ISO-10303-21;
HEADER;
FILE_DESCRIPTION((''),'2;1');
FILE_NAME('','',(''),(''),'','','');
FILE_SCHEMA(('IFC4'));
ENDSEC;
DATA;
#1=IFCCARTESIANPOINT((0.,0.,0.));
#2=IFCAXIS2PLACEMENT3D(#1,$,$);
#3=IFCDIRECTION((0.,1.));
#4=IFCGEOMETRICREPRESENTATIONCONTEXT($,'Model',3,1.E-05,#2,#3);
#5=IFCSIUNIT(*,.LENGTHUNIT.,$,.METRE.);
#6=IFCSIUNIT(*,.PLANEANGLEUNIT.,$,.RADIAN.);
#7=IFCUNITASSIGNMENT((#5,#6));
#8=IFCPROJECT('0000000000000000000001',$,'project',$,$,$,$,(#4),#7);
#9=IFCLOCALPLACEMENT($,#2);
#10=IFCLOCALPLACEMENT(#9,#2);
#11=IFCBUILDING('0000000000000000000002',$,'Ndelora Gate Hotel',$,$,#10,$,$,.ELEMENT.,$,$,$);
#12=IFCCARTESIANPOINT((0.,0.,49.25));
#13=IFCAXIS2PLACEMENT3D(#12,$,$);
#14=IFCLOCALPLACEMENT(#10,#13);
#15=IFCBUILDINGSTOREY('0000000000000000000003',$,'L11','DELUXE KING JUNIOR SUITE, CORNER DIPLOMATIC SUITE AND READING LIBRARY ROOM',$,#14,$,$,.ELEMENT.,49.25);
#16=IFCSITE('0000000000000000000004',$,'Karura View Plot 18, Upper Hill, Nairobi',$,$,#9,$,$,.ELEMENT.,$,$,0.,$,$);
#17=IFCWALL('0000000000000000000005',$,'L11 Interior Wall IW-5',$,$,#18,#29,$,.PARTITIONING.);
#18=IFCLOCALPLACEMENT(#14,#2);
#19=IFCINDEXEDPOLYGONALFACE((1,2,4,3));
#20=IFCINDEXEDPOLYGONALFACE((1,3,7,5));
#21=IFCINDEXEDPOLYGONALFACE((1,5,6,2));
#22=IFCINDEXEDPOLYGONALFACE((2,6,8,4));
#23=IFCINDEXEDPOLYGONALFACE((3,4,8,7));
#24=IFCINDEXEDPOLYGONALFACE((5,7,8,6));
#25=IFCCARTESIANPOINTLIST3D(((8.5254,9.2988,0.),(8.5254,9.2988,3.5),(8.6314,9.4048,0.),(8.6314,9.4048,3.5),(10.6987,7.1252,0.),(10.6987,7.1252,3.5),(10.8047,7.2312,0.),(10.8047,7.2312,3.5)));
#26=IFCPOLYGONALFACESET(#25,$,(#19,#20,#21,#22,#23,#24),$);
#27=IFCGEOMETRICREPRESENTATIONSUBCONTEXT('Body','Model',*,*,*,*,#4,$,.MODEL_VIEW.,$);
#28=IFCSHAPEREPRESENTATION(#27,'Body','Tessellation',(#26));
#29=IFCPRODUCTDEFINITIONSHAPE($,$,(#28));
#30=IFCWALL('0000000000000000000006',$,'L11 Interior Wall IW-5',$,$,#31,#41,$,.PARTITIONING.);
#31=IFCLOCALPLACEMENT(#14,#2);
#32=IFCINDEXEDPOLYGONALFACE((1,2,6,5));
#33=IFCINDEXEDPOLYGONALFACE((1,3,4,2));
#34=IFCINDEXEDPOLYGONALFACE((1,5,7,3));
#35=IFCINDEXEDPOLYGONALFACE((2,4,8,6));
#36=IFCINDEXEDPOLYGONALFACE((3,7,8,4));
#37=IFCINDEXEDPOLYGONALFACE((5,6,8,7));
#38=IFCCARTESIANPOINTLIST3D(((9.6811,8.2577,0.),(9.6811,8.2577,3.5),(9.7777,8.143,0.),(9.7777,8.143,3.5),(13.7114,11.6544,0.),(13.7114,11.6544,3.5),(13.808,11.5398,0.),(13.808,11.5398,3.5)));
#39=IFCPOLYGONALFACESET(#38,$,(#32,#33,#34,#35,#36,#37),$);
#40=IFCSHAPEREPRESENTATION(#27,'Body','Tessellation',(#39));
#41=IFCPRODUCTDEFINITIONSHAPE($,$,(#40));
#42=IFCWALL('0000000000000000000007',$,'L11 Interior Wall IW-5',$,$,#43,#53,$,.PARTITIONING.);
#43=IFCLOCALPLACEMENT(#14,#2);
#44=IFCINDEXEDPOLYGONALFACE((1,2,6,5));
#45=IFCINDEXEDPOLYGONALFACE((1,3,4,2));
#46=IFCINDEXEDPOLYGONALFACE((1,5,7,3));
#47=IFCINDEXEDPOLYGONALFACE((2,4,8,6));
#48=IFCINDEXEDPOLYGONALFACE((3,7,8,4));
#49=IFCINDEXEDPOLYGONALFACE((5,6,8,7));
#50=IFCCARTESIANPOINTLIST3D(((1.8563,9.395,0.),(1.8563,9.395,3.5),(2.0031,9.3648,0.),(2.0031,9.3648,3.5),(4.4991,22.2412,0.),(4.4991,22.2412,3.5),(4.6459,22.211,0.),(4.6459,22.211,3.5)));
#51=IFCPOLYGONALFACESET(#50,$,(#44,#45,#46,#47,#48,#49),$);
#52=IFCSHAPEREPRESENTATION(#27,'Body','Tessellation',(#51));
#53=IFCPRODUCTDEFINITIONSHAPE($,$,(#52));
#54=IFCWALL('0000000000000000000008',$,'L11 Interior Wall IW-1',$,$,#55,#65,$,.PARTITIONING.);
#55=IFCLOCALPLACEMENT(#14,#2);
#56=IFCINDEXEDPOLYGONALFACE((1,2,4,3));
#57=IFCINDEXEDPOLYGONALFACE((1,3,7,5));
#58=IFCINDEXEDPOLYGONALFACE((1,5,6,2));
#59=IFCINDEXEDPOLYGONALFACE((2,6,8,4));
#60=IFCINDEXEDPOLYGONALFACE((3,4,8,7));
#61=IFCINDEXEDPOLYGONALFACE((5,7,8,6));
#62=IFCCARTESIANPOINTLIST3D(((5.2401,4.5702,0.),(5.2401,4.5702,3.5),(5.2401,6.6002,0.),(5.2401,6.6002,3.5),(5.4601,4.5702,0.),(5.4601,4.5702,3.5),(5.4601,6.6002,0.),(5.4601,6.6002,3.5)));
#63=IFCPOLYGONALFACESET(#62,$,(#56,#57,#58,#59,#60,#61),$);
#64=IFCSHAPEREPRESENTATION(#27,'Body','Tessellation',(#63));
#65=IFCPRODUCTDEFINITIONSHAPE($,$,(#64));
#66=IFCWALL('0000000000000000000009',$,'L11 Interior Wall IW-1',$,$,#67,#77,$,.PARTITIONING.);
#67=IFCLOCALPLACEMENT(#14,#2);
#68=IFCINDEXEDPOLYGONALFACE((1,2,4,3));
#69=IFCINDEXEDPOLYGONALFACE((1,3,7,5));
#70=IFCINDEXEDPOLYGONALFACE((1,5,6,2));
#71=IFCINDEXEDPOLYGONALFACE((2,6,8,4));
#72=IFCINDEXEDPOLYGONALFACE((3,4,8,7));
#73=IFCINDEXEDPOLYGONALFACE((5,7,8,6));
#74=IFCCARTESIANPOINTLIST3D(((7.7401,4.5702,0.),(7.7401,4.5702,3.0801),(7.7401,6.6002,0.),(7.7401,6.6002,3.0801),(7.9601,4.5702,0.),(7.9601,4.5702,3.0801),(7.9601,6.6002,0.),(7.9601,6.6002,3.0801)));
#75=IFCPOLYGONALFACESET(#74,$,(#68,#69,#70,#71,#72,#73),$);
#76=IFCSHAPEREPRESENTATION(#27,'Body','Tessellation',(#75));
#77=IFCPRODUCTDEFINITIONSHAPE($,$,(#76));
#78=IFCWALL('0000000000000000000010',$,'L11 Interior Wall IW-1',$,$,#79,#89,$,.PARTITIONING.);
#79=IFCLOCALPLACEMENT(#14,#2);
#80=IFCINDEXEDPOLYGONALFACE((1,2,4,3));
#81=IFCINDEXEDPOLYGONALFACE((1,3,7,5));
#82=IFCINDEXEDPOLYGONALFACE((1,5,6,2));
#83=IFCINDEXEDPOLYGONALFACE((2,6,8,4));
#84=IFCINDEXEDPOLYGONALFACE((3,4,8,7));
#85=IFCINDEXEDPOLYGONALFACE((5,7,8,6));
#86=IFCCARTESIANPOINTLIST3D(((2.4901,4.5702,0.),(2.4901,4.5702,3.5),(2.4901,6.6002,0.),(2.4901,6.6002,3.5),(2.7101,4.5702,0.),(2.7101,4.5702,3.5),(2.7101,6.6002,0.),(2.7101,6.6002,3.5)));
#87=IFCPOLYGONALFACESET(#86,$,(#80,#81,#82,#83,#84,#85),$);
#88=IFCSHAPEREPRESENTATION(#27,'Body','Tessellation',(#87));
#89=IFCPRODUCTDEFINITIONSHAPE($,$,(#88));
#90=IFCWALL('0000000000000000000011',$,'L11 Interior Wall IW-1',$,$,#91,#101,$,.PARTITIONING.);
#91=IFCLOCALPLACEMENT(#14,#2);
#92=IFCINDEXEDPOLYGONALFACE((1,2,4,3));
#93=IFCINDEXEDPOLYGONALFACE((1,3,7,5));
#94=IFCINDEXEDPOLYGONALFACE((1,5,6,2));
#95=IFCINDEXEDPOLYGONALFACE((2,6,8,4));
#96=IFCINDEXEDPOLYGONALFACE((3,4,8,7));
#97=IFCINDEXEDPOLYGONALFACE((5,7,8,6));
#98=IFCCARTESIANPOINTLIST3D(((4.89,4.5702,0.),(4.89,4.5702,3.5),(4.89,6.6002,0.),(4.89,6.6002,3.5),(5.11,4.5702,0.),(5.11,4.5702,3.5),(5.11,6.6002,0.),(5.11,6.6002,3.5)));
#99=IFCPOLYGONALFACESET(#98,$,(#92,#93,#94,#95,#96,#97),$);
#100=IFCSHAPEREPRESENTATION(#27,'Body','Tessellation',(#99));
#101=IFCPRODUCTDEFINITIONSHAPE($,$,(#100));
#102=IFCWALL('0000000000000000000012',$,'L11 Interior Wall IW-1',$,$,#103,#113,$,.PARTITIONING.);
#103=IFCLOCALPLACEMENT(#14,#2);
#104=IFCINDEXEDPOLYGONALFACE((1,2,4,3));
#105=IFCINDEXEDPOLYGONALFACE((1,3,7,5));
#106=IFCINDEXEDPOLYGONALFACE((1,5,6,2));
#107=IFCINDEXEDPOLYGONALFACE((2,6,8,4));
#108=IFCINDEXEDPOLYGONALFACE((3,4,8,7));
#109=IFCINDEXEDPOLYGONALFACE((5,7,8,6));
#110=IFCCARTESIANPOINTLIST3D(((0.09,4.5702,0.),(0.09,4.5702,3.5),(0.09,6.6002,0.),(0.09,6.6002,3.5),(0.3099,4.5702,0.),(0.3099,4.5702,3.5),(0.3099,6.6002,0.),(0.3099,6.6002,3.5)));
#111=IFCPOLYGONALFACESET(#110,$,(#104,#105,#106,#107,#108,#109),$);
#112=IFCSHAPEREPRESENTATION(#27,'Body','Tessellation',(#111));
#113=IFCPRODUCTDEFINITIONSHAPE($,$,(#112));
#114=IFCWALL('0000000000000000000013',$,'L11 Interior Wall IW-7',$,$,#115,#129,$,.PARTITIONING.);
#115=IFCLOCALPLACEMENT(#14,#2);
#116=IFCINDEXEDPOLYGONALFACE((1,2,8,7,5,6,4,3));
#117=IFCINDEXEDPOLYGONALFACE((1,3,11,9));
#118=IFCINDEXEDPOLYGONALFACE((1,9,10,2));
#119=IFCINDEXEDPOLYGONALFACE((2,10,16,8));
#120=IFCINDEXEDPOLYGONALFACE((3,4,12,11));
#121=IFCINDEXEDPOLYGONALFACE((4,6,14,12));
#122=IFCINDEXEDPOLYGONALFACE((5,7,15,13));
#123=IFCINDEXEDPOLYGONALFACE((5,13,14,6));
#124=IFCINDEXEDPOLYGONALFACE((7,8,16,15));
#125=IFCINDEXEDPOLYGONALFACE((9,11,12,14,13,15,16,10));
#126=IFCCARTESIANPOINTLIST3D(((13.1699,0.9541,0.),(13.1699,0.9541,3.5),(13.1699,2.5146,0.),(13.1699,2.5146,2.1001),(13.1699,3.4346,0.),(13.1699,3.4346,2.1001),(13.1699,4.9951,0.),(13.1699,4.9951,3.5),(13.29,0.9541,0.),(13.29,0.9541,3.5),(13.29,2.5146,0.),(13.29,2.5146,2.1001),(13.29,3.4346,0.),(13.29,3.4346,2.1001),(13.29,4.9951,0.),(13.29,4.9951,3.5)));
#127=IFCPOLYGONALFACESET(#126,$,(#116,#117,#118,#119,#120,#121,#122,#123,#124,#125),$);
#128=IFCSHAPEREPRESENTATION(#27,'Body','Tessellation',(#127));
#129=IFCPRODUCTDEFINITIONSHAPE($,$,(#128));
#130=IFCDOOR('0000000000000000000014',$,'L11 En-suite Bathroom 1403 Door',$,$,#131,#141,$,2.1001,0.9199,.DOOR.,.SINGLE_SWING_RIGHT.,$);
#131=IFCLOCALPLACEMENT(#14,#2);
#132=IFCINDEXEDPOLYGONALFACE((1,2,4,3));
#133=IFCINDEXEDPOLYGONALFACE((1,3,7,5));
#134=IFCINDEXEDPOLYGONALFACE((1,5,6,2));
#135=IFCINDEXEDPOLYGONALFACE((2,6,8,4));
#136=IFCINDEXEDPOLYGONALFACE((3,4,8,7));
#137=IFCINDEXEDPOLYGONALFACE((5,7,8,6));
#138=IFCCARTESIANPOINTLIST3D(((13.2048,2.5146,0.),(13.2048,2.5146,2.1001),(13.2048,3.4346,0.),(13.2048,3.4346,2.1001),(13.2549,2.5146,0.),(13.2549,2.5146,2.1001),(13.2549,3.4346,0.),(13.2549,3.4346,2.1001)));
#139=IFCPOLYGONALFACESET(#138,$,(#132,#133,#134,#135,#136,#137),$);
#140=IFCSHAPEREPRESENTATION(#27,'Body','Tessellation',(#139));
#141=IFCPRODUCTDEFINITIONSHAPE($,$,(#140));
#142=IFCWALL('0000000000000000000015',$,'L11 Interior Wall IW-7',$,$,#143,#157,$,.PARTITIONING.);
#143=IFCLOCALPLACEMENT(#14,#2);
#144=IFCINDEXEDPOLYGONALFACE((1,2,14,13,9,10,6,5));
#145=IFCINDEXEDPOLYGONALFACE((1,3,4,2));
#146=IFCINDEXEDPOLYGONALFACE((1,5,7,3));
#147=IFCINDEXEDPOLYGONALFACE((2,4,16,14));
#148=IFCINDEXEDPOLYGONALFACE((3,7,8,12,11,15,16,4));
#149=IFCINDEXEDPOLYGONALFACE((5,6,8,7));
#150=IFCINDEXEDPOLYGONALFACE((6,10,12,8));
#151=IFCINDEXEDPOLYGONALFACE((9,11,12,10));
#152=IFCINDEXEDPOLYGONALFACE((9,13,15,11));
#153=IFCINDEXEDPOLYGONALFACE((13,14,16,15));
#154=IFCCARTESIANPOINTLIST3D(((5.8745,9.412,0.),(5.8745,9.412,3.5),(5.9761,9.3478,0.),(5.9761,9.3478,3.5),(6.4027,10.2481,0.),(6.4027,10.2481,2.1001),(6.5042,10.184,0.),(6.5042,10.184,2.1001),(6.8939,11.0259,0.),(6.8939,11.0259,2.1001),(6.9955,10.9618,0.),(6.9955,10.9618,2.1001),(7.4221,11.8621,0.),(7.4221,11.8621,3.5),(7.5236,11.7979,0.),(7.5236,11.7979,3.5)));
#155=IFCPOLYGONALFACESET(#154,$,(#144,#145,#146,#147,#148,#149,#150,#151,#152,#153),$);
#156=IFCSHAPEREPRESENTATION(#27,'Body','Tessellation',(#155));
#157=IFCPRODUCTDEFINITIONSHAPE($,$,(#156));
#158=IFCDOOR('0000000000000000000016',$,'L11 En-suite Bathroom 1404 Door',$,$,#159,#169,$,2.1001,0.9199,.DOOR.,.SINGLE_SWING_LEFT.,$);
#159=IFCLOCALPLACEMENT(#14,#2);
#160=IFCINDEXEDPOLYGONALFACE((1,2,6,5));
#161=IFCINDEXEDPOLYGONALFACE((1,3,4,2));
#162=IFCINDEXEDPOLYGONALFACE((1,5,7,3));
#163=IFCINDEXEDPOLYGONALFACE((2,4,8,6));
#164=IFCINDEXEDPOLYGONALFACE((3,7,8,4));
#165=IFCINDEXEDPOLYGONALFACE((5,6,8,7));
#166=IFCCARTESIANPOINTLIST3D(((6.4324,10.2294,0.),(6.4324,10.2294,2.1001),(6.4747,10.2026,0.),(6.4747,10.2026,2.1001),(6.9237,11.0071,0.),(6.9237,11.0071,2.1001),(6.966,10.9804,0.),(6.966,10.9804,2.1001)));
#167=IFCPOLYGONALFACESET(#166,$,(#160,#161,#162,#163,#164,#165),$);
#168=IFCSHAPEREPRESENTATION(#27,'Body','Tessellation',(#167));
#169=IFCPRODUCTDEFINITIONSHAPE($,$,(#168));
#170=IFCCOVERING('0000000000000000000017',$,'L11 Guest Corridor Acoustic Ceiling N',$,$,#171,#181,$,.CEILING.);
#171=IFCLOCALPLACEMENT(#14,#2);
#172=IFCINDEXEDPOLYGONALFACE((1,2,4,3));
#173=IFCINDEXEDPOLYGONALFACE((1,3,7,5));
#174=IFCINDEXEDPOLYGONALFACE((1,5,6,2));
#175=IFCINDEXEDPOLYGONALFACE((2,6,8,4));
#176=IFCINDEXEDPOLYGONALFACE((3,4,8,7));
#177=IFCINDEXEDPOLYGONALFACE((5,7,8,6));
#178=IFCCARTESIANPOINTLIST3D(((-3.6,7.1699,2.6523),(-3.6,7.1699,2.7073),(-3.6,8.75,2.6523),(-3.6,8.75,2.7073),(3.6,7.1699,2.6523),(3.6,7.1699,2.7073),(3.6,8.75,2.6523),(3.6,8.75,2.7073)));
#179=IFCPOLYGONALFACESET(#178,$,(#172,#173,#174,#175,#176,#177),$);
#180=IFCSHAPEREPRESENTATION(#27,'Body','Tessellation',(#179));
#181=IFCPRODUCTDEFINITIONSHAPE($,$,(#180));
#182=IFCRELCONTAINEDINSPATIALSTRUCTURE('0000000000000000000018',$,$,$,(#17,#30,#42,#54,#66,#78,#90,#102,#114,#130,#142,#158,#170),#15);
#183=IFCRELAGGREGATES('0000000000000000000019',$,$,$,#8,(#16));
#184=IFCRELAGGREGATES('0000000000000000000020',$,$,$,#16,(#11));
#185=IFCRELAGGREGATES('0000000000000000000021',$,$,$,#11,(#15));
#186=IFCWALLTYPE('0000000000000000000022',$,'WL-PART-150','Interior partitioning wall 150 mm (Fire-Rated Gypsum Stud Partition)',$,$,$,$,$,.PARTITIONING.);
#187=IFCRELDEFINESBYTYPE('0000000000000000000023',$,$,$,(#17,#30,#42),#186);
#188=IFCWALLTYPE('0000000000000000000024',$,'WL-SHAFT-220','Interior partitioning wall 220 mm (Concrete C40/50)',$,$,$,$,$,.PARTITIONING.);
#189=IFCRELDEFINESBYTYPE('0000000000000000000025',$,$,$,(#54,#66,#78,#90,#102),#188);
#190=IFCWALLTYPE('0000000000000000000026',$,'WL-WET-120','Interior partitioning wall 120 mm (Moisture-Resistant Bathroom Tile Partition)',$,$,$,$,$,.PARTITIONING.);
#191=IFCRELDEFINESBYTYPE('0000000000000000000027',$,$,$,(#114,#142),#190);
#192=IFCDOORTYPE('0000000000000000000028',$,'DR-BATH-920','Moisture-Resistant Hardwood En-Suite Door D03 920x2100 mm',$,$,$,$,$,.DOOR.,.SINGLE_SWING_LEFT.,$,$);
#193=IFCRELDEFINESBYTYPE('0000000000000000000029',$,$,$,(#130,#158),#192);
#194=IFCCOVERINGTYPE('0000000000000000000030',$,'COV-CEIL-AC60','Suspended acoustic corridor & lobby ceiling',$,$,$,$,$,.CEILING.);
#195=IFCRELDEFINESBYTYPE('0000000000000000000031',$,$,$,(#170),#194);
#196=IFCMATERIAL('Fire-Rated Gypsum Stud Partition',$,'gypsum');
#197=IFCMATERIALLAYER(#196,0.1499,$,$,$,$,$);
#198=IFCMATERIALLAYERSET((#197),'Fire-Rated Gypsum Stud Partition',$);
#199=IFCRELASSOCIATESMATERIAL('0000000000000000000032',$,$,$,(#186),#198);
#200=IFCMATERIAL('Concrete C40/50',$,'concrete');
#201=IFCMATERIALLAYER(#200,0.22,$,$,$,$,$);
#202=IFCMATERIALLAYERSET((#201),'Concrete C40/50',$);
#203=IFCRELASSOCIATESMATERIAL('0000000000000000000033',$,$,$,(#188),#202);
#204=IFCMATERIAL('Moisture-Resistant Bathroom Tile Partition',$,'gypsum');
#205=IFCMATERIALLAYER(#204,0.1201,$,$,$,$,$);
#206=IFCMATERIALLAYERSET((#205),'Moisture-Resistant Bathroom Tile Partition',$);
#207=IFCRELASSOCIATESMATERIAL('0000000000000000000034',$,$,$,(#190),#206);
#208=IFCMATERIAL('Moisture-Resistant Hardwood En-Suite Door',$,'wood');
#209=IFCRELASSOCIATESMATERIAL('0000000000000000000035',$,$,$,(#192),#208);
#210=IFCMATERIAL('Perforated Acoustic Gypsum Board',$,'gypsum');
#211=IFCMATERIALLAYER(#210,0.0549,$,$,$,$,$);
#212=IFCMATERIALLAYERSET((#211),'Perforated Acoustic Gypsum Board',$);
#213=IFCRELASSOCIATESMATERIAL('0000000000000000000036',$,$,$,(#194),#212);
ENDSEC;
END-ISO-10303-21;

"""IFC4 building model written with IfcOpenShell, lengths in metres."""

from ifc_helpers import new_model, si_unit, direction, frame, frame_2d, origin, origin_2d, place, context, subcontext, project, spatial, rectangle, extrude, material, layer, layer_set, type_object, element, fill, save


model = new_model("IFC4")

# Units and contexts
model_context = context("Model", 3, precision=1e-05, world=origin(), true_north=direction((0.0, 1.0)))
body_context = subcontext(model_context, "Body", "Model", "MODEL_VIEW")
ifc_project = project(units=[si_unit("LENGTHUNIT", "METRE"), si_unit("PLANEANGLEUNIT", "RADIAN")], contexts=[model_context])

# Site, building, storey
site_placement = place(None, origin())
site = spatial("IfcSite", under=ifc_project, at=site_placement, Name="Karura View Plot 18, Upper Hill, Nairobi", CompositionType="ELEMENT", RefElevation=0.0)
building_placement = place(site_placement, origin())
building = spatial("IfcBuilding", under=site, at=building_placement, Name="Ndelora Gate Hotel", CompositionType="ELEMENT")
storey_placement = place(building_placement, frame((0.0, 0.0, 49.25)))
storey = spatial("IfcBuildingStorey", under=building, at=storey_placement, Name="L11", Description="DELUXE KING JUNIOR SUITE, CORNER DIPLOMATIC SUITE AND READING LIBRARY ROOM", CompositionType="ELEMENT", Elevation=49.25)

# Shared definitions
ifc_material_1 = material(Name="Fire-Rated Gypsum Stud Partition", Category="gypsum")
ifc_layer_1 = layer(ifc_material_1, 0.1499)
ifc_layer_set_1 = layer_set([ifc_layer_1], Name="Fire-Rated Gypsum Stud Partition")
wall_type_1 = type_object("IfcWallType", Name="WL-PART-150", Description="Interior partitioning wall 150 mm (Fire-Rated Gypsum Stud Partition)", PredefinedType="PARTITIONING", material=ifc_layer_set_1)

# Walls
wall_1_placement = place(storey_placement, frame((8.5784, 9.3518, 0.0), z_axis=(0.0, 0.0, 1.0), x_axis=(0.707067, -0.707146, 0.0)))
element("IfcWall", 1, at=wall_1_placement, inside=storey, type_object=wall_type_1, Name="L11 Interior Wall IW-5", PredefinedType="PARTITIONING", context=body_context, shape_type="SweptSolid", body=[
    extrude(rectangle(XDim=3.0737, YDim=0.1499, at=frame_2d((1.5369, 0.0))), origin(), (0.0, 0.0, 1.0), 3.5),
])
wall_2_placement = place(storey_placement, frame((9.7295, 8.2004, 0.0), z_axis=(0.0, 0.0, 1.0), x_axis=(0.764648, 0.644448, 0.0)))
element("IfcWall", 2, at=wall_2_placement, inside=storey, type_object=wall_type_1, Name="L11 Interior Wall IW-5", PredefinedType="PARTITIONING", context=body_context, shape_type="SweptSolid", body=[
    extrude(rectangle(XDim=5.2708, YDim=0.1499, at=frame_2d((2.6353, 0.0))), origin(), (0.0, 0.0, 1.0), 3.5),
])
wall_3_placement = place(storey_placement, frame((1.9297, 9.3799, 0.0), z_axis=(0.0, 0.0, 1.0), x_axis=(0.201508, 0.979487, 0.0)))
element("IfcWall", 3, at=wall_3_placement, inside=storey, type_object=wall_type_1, Name="L11 Interior Wall IW-5", PredefinedType="PARTITIONING", context=body_context, shape_type="SweptSolid", body=[
    extrude(rectangle(XDim=13.1152, YDim=0.1499, at=frame_2d((6.5576, 0.0))), origin(), (0.0, 0.0, 1.0), 3.5),
])

# Shared definitions
ifc_material_2 = material(Name="Concrete C40/50", Category="concrete")
ifc_layer_2 = layer(ifc_material_2, 0.22)
ifc_layer_set_2 = layer_set([ifc_layer_2], Name="Concrete C40/50")
wall_type_2 = type_object("IfcWallType", Name="WL-SHAFT-220", Description="Interior partitioning wall 220 mm (Concrete C40/50)", PredefinedType="PARTITIONING", material=ifc_layer_set_2)

# Walls
wall_4_placement = place(storey_placement, frame((5.3501, 4.5701, 0.0), z_axis=(0.0, 0.0, 1.0), x_axis=(0.0, 1.0, 0.0)))
element("IfcWall", 4, at=wall_4_placement, inside=storey, type_object=wall_type_2, Name="L11 Interior Wall IW-1", PredefinedType="PARTITIONING", context=body_context, shape_type="SweptSolid", body=[
    extrude(rectangle(XDim=2.03, YDim=0.22, at=frame_2d((1.0151, 0.0))), origin(), (0.0, 0.0, 1.0), 3.5),
])
wall_5_placement = place(storey_placement, frame((7.8501, 4.5701, 0.0), z_axis=(0.0, 0.0, 1.0), x_axis=(0.0, 1.0, 0.0)))
element("IfcWall", 5, at=wall_5_placement, inside=storey, type_object=wall_type_2, Name="L11 Interior Wall IW-1", PredefinedType="PARTITIONING", context=body_context, shape_type="SweptSolid", body=[
    extrude(rectangle(XDim=2.03, YDim=0.22, at=frame_2d((1.0151, 0.0))), origin(), (0.0, 0.0, 1.0), 3.0801),
])
for number, where, z_axis, x_axis, name in (
    (6, (2.6001, 4.5701, 0.0), (0.0, 0.0, 1.0), (0.0, 1.0, 0.0), "L11 Interior Wall IW-1"),
    (7, (5.0, 4.5701, 0.0), (0.0, 0.0, 1.0), (0.0, 1.0, 0.0), "L11 Interior Wall IW-1"),
    (8, (0.2, 4.5701, 0.0), (0.0, 0.0, 1.0), (0.0, 1.0, 0.0), "L11 Interior Wall IW-1"),
):
    element("IfcWall", number, at=place(storey_placement, frame(where, z_axis=z_axis, x_axis=x_axis)), inside=storey, type_object=wall_type_2, Name=name, PredefinedType="PARTITIONING", context=body_context, shape_type="SweptSolid", body=[
        extrude(rectangle(XDim=2.03, YDim=0.22, at=frame_2d((1.0151, 0.0))), origin(), (0.0, 0.0, 1.0), 3.5),
    ])

# Walls, openings, doors
ifc_material_3 = material(Name="Moisture-Resistant Bathroom Tile Partition", Category="gypsum")
ifc_layer_3 = layer(ifc_material_3, 0.1201)
ifc_layer_set_3 = layer_set([ifc_layer_3], Name="Moisture-Resistant Bathroom Tile Partition")
wall_type_3 = type_object("IfcWallType", Name="WL-WET-120", Description="Interior partitioning wall 120 mm (Moisture-Resistant Bathroom Tile Partition)", PredefinedType="PARTITIONING", material=ifc_layer_set_3)
wall_6_placement = place(storey_placement, frame((13.23, 4.9951, 0.0), z_axis=(0.0, 0.0, 1.0), x_axis=(0.0, -1.0, 0.0)))
wall_6 = element("IfcWall", 9, at=wall_6_placement, inside=storey, type_object=wall_type_3, Name="L11 Interior Wall IW-7", PredefinedType="PARTITIONING", context=body_context, shape_type="SweptSolid", body=[
    extrude(rectangle(XDim=4.041, YDim=0.1201, at=frame_2d((2.0205, 0.0))), origin(), (0.0, 0.0, 1.0), 3.5),
])
opening_1_placement = place(wall_6_placement, frame((1.5605, 0.0, 0.0)))
opening_1 = element("IfcOpeningElement", 10, at=opening_1_placement, cuts=wall_6, PredefinedType="OPENING", context=body_context, shape_type="SweptSolid", body=[
    extrude(rectangle(XDim=0.9199, YDim=2.1001, at=frame_2d((0.46, 1.05))), frame((0.0, 0.0701, 0.0), z_axis=(0.0, -1.0, 0.0), x_axis=(1.0, 0.0, 0.0)), (0.0, 0.0, 1.0), 0.1401),
])
ifc_material_4 = material(Name="Moisture-Resistant Hardwood En-Suite Door", Category="wood")
door_type_1 = type_object("IfcDoorType", Name="DR-BATH-920", Description="Moisture-Resistant Hardwood En-Suite Door D03 920x2100 mm", OperationType="SINGLE_SWING_LEFT", PredefinedType="DOOR", material=ifc_material_4)
door_1_placement = place(opening_1_placement, origin())
door_1 = element("IfcDoor", 11, at=door_1_placement, inside=storey, type_object=door_type_1, Name="L11 En-suite Bathroom 1403 Door", OperationType="SINGLE_SWING_RIGHT", OverallHeight=2.1001, OverallWidth=0.9199, PredefinedType="DOOR", context=body_context, shape_type="SweptSolid", body=[
    extrude(rectangle(XDim=0.9199, YDim=2.1001, at=frame_2d((0.46, 1.05))), frame((0.0, 0.0249, 0.0), z_axis=(0.0, -1.0, 0.0), x_axis=(1.0, 0.0, 0.0)), (0.0, 0.0, 1.0), 0.05),
])
fill(opening_1, door_1)
wall_7_placement = place(storey_placement, frame((5.9253, 9.3799, 0.0), z_axis=(0.0, 0.0, 1.0), x_axis=(0.534022, 0.845471, 0.0)))
wall_7 = element("IfcWall", 12, at=wall_7_placement, inside=storey, type_object=wall_type_3, Name="L11 Interior Wall IW-7", PredefinedType="PARTITIONING", context=body_context, shape_type="SweptSolid", body=[
    extrude(rectangle(XDim=2.8979, YDim=0.1201, at=frame_2d((1.449, 0.0))), origin(), (0.0, 0.0, 1.0), 3.5),
])
opening_2_placement = place(wall_7_placement, frame((0.989, 0.0, 0.0)))
opening_2 = element("IfcOpeningElement", 13, at=opening_2_placement, cuts=wall_7, PredefinedType="OPENING", context=body_context, shape_type="SweptSolid", body=[
    extrude(rectangle(XDim=0.9199, YDim=2.1001, at=frame_2d((0.46, 1.05))), frame((0.0, 0.0701, 0.0), z_axis=(0.0, -1.0, 0.0), x_axis=(1.0, 0.0, 0.0)), (0.0, 0.0, 1.0), 0.1401),
])
door_2_placement = place(opening_2_placement, origin())
door_2 = element("IfcDoor", 14, at=door_2_placement, inside=storey, type_object=door_type_1, Name="L11 En-suite Bathroom 1404 Door", OperationType="SINGLE_SWING_LEFT", OverallHeight=2.1001, OverallWidth=0.9199, PredefinedType="DOOR", context=body_context, shape_type="SweptSolid", body=[
    extrude(rectangle(XDim=0.9199, YDim=2.1001, at=frame_2d((0.46, 1.05))), frame((0.0, 0.0249, 0.0), z_axis=(0.0, -1.0, 0.0), x_axis=(1.0, 0.0, 0.0)), (0.0, 0.0, 1.0), 0.05),
])
fill(opening_2, door_2)

# Covering
ifc_material_5 = material(Name="Perforated Acoustic Gypsum Board", Category="gypsum")
ifc_layer_4 = layer(ifc_material_5, 0.0549)
ifc_layer_set_4 = layer_set([ifc_layer_4], Name="Perforated Acoustic Gypsum Board")
covering_type_1 = type_object("IfcCoveringType", Name="COV-CEIL-AC60", Description="Suspended acoustic corridor & lobby ceiling", PredefinedType="CEILING", material=ifc_layer_set_4)
covering_1_placement = place(storey_placement, frame((0.0, 7.96, 2.6523), z_axis=(0.0, 0.0, 1.0), x_axis=(1.0, 0.0, 0.0)))
element("IfcCovering", 15, at=covering_1_placement, inside=storey, type_object=covering_type_1, Name="L11 Guest Corridor Acoustic Ceiling N", PredefinedType="CEILING", context=body_context, shape_type="SweptSolid", body=[
    extrude(rectangle(XDim=7.2, YDim=1.5801, at=origin_2d()), origin(), (0.0, 0.0, 1.0), 0.0549),
])

save(model, "model.ifc")
